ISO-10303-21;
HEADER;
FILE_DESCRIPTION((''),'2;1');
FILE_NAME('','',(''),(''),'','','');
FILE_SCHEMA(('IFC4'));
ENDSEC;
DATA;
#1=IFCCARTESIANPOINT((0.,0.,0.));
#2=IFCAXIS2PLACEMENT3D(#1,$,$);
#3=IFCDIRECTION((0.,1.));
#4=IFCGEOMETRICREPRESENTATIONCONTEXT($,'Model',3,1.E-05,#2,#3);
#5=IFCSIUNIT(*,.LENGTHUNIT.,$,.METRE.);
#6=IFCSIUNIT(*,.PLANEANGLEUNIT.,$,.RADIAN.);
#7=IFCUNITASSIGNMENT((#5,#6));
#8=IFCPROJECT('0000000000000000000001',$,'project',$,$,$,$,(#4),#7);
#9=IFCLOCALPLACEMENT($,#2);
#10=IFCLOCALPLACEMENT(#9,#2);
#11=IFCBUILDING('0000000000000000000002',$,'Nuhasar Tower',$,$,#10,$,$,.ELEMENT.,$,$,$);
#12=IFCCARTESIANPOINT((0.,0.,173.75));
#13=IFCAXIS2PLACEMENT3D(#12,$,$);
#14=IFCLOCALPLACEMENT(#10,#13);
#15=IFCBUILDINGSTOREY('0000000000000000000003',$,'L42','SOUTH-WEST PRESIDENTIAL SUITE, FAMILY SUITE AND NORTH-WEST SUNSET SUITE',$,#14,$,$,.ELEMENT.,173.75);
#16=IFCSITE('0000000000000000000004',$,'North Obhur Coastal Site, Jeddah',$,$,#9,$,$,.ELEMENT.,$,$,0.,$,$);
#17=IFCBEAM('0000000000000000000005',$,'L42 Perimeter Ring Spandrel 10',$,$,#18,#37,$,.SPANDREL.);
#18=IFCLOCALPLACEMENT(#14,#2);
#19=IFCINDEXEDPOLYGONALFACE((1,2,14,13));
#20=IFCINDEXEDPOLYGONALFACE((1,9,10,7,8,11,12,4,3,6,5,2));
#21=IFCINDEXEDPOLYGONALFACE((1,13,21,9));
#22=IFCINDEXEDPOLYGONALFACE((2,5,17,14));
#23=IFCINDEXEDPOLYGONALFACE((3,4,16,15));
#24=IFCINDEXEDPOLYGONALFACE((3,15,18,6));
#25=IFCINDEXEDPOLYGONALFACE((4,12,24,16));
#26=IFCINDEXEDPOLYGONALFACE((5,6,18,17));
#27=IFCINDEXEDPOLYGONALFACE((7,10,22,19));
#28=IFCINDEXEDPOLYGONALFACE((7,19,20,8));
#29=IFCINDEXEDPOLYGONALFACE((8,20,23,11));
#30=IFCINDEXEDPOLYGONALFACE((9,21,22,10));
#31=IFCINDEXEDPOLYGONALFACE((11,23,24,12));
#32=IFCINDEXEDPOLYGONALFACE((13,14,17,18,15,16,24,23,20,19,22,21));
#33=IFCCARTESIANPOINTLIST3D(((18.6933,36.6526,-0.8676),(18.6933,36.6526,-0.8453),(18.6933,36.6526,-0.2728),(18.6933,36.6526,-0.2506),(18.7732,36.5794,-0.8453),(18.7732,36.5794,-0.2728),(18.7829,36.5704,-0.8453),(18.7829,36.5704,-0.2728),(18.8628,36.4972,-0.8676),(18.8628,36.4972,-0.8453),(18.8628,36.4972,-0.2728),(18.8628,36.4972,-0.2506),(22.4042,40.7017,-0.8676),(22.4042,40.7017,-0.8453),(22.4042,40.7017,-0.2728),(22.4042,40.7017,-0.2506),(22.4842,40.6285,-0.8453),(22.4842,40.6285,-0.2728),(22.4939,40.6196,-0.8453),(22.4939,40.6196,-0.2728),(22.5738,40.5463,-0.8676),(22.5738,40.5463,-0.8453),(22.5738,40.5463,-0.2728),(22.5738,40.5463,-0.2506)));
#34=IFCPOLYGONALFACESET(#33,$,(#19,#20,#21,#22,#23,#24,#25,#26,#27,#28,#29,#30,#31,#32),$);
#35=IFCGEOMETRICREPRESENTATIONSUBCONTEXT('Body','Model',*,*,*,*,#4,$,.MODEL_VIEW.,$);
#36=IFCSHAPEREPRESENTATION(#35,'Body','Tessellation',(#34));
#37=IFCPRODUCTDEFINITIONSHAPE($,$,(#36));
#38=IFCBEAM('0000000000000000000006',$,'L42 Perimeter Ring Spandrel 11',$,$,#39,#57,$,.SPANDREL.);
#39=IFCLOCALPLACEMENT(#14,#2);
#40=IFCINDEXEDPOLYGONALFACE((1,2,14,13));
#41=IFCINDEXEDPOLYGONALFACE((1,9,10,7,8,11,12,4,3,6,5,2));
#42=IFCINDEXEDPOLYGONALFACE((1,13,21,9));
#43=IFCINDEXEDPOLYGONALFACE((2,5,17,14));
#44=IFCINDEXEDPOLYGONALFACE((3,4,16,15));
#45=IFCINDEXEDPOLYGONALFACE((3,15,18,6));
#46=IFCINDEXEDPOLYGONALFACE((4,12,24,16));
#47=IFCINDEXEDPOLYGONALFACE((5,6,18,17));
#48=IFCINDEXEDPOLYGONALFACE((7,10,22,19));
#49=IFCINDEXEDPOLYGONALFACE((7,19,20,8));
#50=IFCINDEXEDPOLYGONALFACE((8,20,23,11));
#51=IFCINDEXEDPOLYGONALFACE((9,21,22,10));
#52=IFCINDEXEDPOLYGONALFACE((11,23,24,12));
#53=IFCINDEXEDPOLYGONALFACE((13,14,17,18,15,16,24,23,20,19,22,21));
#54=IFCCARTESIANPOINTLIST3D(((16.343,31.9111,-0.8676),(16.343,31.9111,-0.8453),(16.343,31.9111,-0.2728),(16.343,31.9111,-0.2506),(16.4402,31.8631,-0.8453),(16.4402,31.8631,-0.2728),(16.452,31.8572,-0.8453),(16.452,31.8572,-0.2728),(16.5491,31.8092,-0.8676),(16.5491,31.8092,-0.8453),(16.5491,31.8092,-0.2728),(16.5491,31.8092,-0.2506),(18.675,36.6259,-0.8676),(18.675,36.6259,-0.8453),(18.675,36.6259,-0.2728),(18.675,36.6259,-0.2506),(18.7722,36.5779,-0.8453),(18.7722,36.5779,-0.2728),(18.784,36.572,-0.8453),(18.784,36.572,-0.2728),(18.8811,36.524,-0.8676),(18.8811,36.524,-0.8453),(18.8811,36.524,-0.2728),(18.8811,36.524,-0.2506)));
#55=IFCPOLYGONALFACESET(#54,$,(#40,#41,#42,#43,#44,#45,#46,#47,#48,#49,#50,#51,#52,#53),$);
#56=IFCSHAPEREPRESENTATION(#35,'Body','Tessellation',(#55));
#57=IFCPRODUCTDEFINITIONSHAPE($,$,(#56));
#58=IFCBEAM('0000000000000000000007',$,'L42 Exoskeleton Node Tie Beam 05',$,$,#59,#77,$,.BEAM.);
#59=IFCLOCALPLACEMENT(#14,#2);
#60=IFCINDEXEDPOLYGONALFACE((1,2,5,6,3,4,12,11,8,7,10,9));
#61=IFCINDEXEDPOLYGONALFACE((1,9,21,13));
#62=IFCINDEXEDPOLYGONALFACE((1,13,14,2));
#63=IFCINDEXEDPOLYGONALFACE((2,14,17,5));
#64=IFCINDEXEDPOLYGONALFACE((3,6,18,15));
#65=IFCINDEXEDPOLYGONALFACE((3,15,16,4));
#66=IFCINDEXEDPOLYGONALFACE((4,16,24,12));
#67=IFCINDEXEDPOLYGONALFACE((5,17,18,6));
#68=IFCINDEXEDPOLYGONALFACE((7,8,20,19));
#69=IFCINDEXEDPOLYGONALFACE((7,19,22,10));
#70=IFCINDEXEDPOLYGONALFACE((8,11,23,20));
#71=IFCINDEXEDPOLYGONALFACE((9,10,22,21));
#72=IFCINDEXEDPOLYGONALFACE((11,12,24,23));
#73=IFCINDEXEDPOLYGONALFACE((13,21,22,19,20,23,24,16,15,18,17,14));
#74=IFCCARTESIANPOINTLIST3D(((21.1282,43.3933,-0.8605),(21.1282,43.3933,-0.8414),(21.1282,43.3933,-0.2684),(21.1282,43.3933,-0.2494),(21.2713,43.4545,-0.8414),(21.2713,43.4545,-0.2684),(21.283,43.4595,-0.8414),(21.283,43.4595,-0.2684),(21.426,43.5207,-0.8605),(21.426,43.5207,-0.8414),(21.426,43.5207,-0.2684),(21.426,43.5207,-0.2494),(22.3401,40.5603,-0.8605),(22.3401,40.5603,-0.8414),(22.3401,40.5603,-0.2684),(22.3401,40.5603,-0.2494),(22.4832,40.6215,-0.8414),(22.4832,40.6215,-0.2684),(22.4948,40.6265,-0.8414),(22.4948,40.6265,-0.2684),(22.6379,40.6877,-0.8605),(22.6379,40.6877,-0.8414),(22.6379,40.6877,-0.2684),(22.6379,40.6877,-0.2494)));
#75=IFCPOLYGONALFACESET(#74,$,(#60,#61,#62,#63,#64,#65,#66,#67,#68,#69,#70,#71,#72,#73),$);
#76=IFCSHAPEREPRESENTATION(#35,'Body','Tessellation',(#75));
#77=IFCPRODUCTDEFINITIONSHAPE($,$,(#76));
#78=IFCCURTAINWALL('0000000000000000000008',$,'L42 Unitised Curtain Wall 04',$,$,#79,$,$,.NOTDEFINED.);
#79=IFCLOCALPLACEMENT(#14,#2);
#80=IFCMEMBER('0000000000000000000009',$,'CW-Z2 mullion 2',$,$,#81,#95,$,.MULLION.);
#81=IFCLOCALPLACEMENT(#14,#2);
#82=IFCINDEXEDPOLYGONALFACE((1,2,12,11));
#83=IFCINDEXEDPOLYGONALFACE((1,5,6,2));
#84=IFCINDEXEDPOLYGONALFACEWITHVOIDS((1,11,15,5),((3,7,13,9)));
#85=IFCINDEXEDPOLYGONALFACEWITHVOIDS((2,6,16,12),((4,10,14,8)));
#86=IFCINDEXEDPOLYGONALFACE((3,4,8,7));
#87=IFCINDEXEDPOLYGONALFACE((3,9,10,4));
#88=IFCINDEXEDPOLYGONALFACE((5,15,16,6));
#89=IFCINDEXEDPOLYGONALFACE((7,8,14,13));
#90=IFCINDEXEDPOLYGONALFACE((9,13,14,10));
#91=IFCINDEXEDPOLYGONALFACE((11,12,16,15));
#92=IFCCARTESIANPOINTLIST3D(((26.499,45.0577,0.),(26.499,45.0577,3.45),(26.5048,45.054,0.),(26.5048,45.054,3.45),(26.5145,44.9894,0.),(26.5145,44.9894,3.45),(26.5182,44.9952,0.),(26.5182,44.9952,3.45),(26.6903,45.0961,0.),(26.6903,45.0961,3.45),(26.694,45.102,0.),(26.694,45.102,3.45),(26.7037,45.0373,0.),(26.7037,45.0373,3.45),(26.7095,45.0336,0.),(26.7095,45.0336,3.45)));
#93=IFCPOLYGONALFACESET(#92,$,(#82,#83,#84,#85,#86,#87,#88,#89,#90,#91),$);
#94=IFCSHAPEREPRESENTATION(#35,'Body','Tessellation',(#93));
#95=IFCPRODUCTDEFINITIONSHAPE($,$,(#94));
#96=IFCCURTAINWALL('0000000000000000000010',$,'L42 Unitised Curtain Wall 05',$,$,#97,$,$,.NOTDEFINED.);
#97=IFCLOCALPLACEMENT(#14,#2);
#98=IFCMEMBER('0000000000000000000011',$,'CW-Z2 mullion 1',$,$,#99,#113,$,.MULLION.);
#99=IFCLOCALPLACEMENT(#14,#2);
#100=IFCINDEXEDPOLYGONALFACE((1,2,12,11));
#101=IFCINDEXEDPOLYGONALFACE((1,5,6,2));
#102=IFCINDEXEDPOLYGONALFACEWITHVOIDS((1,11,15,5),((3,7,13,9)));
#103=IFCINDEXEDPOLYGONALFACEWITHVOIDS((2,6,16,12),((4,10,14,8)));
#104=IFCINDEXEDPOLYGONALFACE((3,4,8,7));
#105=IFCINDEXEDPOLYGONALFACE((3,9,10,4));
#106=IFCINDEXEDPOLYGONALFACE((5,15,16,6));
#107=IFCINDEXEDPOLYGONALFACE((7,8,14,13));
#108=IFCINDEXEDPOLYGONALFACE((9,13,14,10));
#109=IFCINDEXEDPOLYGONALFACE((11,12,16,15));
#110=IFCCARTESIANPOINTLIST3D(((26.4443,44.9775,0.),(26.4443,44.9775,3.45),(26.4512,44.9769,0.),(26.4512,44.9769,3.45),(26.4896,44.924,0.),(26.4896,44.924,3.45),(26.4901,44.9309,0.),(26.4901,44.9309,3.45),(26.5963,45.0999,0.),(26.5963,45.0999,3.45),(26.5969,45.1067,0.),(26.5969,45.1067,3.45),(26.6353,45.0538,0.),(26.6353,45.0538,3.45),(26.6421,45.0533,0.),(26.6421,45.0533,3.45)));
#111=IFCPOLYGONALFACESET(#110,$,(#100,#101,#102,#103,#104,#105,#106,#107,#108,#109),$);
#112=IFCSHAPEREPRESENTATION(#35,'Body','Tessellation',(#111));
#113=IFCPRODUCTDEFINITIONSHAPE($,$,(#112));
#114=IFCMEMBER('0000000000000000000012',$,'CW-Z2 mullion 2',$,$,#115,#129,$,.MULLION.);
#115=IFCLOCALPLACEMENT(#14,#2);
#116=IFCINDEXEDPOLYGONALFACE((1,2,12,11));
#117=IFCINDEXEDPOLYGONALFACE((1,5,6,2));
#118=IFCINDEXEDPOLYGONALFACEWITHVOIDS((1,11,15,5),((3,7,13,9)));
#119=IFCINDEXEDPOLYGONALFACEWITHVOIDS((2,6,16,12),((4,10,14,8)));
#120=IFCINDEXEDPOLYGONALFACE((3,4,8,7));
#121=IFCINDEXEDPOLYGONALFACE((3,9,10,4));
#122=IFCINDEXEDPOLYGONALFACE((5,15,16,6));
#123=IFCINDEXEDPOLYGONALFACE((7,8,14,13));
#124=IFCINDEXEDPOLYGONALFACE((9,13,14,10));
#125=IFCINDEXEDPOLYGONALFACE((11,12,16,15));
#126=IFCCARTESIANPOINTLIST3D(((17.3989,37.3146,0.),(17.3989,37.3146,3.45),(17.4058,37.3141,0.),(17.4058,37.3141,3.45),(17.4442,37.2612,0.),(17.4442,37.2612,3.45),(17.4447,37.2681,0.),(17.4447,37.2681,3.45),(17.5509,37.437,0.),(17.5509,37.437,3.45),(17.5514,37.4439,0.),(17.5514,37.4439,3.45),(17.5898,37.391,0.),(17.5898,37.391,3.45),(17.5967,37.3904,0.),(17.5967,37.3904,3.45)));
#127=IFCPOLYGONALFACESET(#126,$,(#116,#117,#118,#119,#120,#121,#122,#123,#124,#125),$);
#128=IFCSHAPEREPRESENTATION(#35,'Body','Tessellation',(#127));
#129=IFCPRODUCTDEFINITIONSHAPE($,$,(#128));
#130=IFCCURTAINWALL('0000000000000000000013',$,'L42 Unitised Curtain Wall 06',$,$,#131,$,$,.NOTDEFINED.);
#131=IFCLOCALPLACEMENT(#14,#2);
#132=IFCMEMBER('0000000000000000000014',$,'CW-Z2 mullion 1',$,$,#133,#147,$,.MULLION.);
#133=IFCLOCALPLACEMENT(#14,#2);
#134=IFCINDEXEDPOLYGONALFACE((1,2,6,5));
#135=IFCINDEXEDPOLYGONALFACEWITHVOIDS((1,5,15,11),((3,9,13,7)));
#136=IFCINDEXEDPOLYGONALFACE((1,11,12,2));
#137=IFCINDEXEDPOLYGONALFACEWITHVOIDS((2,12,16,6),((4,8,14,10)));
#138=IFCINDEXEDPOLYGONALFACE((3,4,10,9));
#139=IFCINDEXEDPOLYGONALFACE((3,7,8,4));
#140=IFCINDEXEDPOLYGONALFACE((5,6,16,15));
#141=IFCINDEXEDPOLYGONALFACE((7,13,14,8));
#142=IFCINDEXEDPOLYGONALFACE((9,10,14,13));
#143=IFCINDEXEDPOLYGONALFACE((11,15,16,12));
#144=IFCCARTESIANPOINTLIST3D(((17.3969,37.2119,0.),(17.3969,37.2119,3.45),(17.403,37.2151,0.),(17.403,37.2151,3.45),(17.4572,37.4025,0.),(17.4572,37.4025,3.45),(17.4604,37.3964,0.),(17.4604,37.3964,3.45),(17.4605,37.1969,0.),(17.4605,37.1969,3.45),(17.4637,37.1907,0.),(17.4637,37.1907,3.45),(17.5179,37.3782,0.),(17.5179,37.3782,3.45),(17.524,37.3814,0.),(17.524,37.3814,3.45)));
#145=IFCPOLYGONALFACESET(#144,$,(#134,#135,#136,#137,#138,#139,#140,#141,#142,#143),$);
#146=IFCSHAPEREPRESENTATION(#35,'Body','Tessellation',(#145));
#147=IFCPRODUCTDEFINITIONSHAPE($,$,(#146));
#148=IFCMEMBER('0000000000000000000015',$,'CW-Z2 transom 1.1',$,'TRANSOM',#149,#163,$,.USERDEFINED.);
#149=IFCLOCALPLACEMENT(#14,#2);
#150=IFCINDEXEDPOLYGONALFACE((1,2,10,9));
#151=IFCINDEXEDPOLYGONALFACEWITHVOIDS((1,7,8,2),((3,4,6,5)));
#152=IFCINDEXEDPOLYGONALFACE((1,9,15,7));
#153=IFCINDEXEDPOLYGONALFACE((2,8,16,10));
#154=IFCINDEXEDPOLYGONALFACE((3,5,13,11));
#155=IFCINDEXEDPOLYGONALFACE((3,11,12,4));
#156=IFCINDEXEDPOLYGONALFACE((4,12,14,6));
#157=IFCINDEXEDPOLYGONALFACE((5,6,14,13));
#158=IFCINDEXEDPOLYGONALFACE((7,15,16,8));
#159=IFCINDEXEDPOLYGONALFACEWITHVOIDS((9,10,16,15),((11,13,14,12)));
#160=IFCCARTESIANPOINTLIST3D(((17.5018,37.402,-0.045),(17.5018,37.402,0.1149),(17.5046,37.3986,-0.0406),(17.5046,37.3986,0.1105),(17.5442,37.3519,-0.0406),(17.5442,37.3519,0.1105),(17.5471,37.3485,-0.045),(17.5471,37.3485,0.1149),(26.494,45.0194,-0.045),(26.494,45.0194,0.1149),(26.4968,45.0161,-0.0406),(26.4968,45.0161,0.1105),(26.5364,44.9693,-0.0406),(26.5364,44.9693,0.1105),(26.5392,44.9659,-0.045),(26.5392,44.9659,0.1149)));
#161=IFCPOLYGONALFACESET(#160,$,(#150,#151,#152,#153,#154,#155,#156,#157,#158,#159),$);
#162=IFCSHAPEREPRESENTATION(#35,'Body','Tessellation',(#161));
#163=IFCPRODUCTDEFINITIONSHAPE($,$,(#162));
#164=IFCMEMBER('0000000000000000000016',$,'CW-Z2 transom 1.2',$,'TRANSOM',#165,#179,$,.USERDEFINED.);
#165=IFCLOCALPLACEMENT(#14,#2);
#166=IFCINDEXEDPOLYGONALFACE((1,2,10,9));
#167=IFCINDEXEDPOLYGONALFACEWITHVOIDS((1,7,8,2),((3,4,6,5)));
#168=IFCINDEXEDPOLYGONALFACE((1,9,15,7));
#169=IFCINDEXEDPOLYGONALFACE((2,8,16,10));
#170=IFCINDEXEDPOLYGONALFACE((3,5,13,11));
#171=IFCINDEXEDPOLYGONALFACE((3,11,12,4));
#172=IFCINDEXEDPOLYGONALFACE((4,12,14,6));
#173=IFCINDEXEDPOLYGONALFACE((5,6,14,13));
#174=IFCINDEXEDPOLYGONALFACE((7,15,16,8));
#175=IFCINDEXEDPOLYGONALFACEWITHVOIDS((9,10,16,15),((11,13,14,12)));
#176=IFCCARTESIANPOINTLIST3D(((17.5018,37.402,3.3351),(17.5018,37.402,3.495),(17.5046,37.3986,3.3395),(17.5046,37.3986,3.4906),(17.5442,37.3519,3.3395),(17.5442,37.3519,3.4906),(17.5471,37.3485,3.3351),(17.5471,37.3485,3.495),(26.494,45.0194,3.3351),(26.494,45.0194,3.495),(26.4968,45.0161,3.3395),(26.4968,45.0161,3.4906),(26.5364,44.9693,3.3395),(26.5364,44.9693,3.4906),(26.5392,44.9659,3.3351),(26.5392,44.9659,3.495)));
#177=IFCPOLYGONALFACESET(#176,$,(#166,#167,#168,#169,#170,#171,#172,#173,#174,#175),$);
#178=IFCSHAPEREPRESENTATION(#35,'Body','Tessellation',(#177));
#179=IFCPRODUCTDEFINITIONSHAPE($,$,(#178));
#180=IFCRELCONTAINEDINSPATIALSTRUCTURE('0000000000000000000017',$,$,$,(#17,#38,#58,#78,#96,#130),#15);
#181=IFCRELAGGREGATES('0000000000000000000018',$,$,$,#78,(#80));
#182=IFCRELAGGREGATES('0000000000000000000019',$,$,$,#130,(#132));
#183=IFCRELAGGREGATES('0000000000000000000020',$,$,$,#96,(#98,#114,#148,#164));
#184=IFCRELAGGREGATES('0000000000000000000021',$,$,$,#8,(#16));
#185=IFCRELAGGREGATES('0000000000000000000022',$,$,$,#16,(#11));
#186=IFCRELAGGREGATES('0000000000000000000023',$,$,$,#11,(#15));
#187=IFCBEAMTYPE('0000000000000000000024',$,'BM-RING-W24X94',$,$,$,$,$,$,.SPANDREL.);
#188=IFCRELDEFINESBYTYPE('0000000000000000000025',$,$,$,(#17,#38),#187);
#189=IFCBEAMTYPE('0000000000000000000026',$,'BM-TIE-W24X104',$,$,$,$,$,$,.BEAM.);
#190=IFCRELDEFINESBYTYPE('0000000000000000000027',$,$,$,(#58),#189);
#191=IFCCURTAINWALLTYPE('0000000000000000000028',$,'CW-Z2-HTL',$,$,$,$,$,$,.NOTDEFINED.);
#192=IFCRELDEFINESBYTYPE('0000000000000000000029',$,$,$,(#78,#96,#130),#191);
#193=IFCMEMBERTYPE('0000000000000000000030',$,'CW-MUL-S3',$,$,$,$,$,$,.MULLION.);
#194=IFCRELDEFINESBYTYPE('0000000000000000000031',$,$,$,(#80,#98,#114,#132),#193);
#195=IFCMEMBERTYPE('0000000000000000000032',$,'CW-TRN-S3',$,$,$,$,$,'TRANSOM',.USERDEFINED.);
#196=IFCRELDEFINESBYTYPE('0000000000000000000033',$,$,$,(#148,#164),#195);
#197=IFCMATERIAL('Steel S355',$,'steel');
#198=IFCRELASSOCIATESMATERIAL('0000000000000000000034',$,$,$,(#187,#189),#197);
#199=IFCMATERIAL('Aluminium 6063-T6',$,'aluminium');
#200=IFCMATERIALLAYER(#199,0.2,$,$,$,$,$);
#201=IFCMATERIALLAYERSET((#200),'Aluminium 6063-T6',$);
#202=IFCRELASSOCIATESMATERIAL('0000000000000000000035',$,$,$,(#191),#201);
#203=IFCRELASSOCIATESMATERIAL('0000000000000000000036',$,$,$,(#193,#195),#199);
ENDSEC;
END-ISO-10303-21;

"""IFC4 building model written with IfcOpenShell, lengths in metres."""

from ifc_helpers import new_model, si_unit, direction, frame, origin, origin_2d, place, context, subcontext, project, spatial, hollow_rectangle, i_section, extrude, material, layer, layer_set, material_profile, profile_set, type_object, element, aggregate, save


model = new_model("IFC4")

# Units and contexts
model_context = context("Model", 3, precision=1e-05, world=origin(), true_north=direction((0.0, 1.0)))
body_context = subcontext(model_context, "Body", "Model", "MODEL_VIEW")
ifc_project = project(units=[si_unit("LENGTHUNIT", "METRE"), si_unit("PLANEANGLEUNIT", "RADIAN")], contexts=[model_context])

# Site, building, storey
site_placement = place(None, origin())
site = spatial("IfcSite", under=ifc_project, at=site_placement, Name="North Obhur Coastal Site, Jeddah", CompositionType="ELEMENT", RefElevation=0.0)
building_placement = place(site_placement, origin())
building = spatial("IfcBuilding", under=site, at=building_placement, Name="Nuhasar Tower", CompositionType="ELEMENT")
storey_placement = place(building_placement, frame((0.0, 0.0, 173.75)))
storey = spatial("IfcBuildingStorey", under=building, at=storey_placement, Name="L42", Description="SOUTH-WEST PRESIDENTIAL SUITE, FAMILY SUITE AND NORTH-WEST SUNSET SUITE", CompositionType="ELEMENT", Elevation=173.75)

# Beams
ifc_material_1 = material(Name="Steel S355", Category="steel")
ifc_material_profile_1 = material_profile(ifc_material_1, i_section(OverallWidth=0.23, OverallDepth=0.6169, WebThickness=0.0132, FlangeThickness=0.0222, at=origin_2d()), Name="W24X94")
ifc_profile_set_1 = profile_set([ifc_material_profile_1], Name="Steel S355")
beam_type_1 = type_object("IfcBeamType", Name="BM-RING-W24X94", PredefinedType="SPANDREL", material=ifc_profile_set_1)
beam_1_placement = place(storey_placement, frame((22.489, 40.624, -0.5591), z_axis=(-0.675654, -0.737219, 0.0), x_axis=(0.737219, -0.675654, 0.0)))
element("IfcBeam", 1, at=beam_1_placement, inside=storey, type_object=beam_type_1, Name="L42 Perimeter Ring Spandrel 10", PredefinedType="SPANDREL", context=body_context, shape_type="SweptSolid", body=[
    extrude(i_section(OverallWidth=0.23, OverallDepth=0.6169, WebThickness=0.0132, FlangeThickness=0.0222, at=origin_2d()), origin(), (0.0, 0.0, 1.0), 5.4924),
])
beam_2_placement = place(storey_placement, frame((18.7781, 36.575, -0.5591), z_axis=(-0.443348, -0.89635, 0.0), x_axis=(0.89635, -0.443348, 0.0)))
element("IfcBeam", 2, at=beam_2_placement, inside=storey, type_object=beam_type_1, Name="L42 Perimeter Ring Spandrel 11", PredefinedType="SPANDREL", context=body_context, shape_type="SweptSolid", body=[
    extrude(i_section(OverallWidth=0.23, OverallDepth=0.6169, WebThickness=0.0132, FlangeThickness=0.0222, at=origin_2d()), origin(), (0.0, 0.0, 1.0), 5.26),
])
ifc_material_profile_2 = material_profile(ifc_material_1, i_section(OverallWidth=0.324, OverallDepth=0.6111, WebThickness=0.0127, FlangeThickness=0.019, at=origin_2d()), Name="W24X104")
ifc_profile_set_2 = profile_set([ifc_material_profile_2], Name="Steel S355")
beam_type_2 = type_object("IfcBeamType", Name="BM-TIE-W24X104", PredefinedType="BEAM", material=ifc_profile_set_2)
beam_3_placement = place(storey_placement, frame((22.489, 40.624, -0.5549), z_axis=(-0.393307, 0.919407, 0.0), x_axis=(-0.919407, -0.393307, 0.0)))
element("IfcBeam", 3, at=beam_3_placement, inside=storey, type_object=beam_type_2, Name="L42 Exoskeleton Node Tie Beam 05", PredefinedType="BEAM", context=body_context, shape_type="SweptSolid", body=[
    extrude(i_section(OverallWidth=0.324, OverallDepth=0.6111, WebThickness=0.0127, FlangeThickness=0.019, at=origin_2d()), origin(), (0.0, 0.0, 1.0), 3.0813),
])

# Curtain wall, member
ifc_material_2 = material(Name="Aluminium 6063-T6", Category="aluminium")
ifc_layer_1 = layer(ifc_material_2, 0.2)
ifc_layer_set_1 = layer_set([ifc_layer_1], Name="Aluminium 6063-T6")
curtain_wall_type = type_object("IfcCurtainWallType", Name="CW-Z2-HTL", PredefinedType="NOTDEFINED", material=ifc_layer_set_1)
curtain_wall_1_placement = place(storey_placement, origin())
curtain_wall_1 = element("IfcCurtainWall", 4, at=curtain_wall_1_placement, inside=storey, type_object=curtain_wall_type, Name="L42 Unitised Curtain Wall 04", PredefinedType="NOTDEFINED")
ifc_material_profile_3 = material_profile(ifc_material_2, hollow_rectangle(XDim=0.0701, YDim=0.2, WallThickness=0.0049, at=origin_2d()), Name="CWM-3")
ifc_profile_set_3 = profile_set([ifc_material_profile_3], Name="Aluminium 6063-T6")
member_type_1 = type_object("IfcMemberType", Name="CW-MUL-S3", PredefinedType="MULLION", material=ifc_profile_set_3)
member_1_placement = place(storey_placement, frame((26.6042, 45.0457, 0.0), z_axis=(0.0, 0.0, 1.0), x_axis=(0.221397, -0.975184, 0.0)))
member_1 = element("IfcMember", 5, at=member_1_placement, type_object=member_type_1, Name="CW-Z2 mullion 2", PredefinedType="MULLION", context=body_context, shape_type="SweptSolid", body=[
    extrude(hollow_rectangle(XDim=0.0701, YDim=0.2, WallThickness=0.0049, at=origin_2d()), origin(), (0.0, 0.0, 1.0), 3.45),
])
aggregate(curtain_wall_1, [member_1])

# Curtain wall, members
curtain_wall_2_placement = place(storey_placement, origin())
curtain_wall_2 = element("IfcCurtainWall", 6, at=curtain_wall_2_placement, inside=storey, type_object=curtain_wall_type, Name="L42 Unitised Curtain Wall 05", PredefinedType="NOTDEFINED")
member_2_placement = place(storey_placement, frame((26.5432, 45.0154, 0.0), z_axis=(0.0, 0.0, 1.0), x_axis=(0.646374, -0.76302, 0.0)))
member_2 = element("IfcMember", 7, at=member_2_placement, type_object=member_type_1, Name="CW-Z2 mullion 1", PredefinedType="MULLION", context=body_context, shape_type="SweptSolid", body=[
    extrude(hollow_rectangle(XDim=0.0701, YDim=0.2, WallThickness=0.0049, at=origin_2d()), origin(), (0.0, 0.0, 1.0), 3.45),
])
member_3_placement = place(storey_placement, frame((17.4978, 37.3525, 0.0), z_axis=(0.0, 0.0, 1.0), x_axis=(0.646374, -0.76302, 0.0)))
member_3 = element("IfcMember", 8, at=member_3_placement, type_object=member_type_1, Name="CW-Z2 mullion 2", PredefinedType="MULLION", context=body_context, shape_type="SweptSolid", body=[
    extrude(hollow_rectangle(XDim=0.0701, YDim=0.2, WallThickness=0.0049, at=origin_2d()), origin(), (0.0, 0.0, 1.0), 3.45),
])

# Curtain wall, member
curtain_wall_3_placement = place(storey_placement, origin())
curtain_wall_3 = element("IfcCurtainWall", 9, at=curtain_wall_3_placement, inside=storey, type_object=curtain_wall_type, Name="L42 Unitised Curtain Wall 06", PredefinedType="NOTDEFINED")
member_4_placement = place(storey_placement, frame((17.4604, 37.2966, 0.0), z_axis=(0.0, 0.0, 1.0), x_axis=(0.953433, -0.301604, 0.0)))
member_4 = element("IfcMember", 10, at=member_4_placement, type_object=member_type_1, Name="CW-Z2 mullion 1", PredefinedType="MULLION", context=body_context, shape_type="SweptSolid", body=[
    extrude(hollow_rectangle(XDim=0.0701, YDim=0.2, WallThickness=0.0049, at=origin_2d()), origin(), (0.0, 0.0, 1.0), 3.45),
])

# Members
ifc_material_profile_4 = material_profile(ifc_material_2, hollow_rectangle(XDim=0.0701, YDim=0.1599, WallThickness=0.0044, at=origin_2d()), Name="CWT-3")
ifc_profile_set_4 = profile_set([ifc_material_profile_4], Name="Aluminium 6063-T6")
member_type_2 = type_object("IfcMemberType", Name="CW-TRN-S3", ElementType="TRANSOM", PredefinedType="USERDEFINED", material=ifc_profile_set_4)
member_5_placement = place(storey_placement, frame((26.5166, 44.9927, 0.0349), z_axis=(-0.763024, -0.64637, 0.0), x_axis=(0.64637, -0.763024, 0.0)))
member_5 = element("IfcMember", 11, at=member_5_placement, type_object=member_type_2, Name="CW-Z2 transom 1.1", ObjectType="TRANSOM", PredefinedType="USERDEFINED", context=body_context, shape_type="SweptSolid", body=[
    extrude(hollow_rectangle(XDim=0.0701, YDim=0.1599, WallThickness=0.0044, at=origin_2d()), origin(), (0.0, 0.0, 1.0), 11.7849),
])
member_6_placement = place(storey_placement, frame((26.5166, 44.9927, 3.415), z_axis=(-0.763024, -0.64637, 0.0), x_axis=(0.64637, -0.763024, 0.0)))
member_6 = element("IfcMember", 12, at=member_6_placement, type_object=member_type_2, Name="CW-Z2 transom 1.2", ObjectType="TRANSOM", PredefinedType="USERDEFINED", context=body_context, shape_type="SweptSolid", body=[
    extrude(hollow_rectangle(XDim=0.0701, YDim=0.1599, WallThickness=0.0044, at=origin_2d()), origin(), (0.0, 0.0, 1.0), 11.7849),
])
aggregate(curtain_wall_3, [member_4])

aggregate(curtain_wall_2, [member_2, member_3, member_5, member_6])

save(model, "model.ifc")
